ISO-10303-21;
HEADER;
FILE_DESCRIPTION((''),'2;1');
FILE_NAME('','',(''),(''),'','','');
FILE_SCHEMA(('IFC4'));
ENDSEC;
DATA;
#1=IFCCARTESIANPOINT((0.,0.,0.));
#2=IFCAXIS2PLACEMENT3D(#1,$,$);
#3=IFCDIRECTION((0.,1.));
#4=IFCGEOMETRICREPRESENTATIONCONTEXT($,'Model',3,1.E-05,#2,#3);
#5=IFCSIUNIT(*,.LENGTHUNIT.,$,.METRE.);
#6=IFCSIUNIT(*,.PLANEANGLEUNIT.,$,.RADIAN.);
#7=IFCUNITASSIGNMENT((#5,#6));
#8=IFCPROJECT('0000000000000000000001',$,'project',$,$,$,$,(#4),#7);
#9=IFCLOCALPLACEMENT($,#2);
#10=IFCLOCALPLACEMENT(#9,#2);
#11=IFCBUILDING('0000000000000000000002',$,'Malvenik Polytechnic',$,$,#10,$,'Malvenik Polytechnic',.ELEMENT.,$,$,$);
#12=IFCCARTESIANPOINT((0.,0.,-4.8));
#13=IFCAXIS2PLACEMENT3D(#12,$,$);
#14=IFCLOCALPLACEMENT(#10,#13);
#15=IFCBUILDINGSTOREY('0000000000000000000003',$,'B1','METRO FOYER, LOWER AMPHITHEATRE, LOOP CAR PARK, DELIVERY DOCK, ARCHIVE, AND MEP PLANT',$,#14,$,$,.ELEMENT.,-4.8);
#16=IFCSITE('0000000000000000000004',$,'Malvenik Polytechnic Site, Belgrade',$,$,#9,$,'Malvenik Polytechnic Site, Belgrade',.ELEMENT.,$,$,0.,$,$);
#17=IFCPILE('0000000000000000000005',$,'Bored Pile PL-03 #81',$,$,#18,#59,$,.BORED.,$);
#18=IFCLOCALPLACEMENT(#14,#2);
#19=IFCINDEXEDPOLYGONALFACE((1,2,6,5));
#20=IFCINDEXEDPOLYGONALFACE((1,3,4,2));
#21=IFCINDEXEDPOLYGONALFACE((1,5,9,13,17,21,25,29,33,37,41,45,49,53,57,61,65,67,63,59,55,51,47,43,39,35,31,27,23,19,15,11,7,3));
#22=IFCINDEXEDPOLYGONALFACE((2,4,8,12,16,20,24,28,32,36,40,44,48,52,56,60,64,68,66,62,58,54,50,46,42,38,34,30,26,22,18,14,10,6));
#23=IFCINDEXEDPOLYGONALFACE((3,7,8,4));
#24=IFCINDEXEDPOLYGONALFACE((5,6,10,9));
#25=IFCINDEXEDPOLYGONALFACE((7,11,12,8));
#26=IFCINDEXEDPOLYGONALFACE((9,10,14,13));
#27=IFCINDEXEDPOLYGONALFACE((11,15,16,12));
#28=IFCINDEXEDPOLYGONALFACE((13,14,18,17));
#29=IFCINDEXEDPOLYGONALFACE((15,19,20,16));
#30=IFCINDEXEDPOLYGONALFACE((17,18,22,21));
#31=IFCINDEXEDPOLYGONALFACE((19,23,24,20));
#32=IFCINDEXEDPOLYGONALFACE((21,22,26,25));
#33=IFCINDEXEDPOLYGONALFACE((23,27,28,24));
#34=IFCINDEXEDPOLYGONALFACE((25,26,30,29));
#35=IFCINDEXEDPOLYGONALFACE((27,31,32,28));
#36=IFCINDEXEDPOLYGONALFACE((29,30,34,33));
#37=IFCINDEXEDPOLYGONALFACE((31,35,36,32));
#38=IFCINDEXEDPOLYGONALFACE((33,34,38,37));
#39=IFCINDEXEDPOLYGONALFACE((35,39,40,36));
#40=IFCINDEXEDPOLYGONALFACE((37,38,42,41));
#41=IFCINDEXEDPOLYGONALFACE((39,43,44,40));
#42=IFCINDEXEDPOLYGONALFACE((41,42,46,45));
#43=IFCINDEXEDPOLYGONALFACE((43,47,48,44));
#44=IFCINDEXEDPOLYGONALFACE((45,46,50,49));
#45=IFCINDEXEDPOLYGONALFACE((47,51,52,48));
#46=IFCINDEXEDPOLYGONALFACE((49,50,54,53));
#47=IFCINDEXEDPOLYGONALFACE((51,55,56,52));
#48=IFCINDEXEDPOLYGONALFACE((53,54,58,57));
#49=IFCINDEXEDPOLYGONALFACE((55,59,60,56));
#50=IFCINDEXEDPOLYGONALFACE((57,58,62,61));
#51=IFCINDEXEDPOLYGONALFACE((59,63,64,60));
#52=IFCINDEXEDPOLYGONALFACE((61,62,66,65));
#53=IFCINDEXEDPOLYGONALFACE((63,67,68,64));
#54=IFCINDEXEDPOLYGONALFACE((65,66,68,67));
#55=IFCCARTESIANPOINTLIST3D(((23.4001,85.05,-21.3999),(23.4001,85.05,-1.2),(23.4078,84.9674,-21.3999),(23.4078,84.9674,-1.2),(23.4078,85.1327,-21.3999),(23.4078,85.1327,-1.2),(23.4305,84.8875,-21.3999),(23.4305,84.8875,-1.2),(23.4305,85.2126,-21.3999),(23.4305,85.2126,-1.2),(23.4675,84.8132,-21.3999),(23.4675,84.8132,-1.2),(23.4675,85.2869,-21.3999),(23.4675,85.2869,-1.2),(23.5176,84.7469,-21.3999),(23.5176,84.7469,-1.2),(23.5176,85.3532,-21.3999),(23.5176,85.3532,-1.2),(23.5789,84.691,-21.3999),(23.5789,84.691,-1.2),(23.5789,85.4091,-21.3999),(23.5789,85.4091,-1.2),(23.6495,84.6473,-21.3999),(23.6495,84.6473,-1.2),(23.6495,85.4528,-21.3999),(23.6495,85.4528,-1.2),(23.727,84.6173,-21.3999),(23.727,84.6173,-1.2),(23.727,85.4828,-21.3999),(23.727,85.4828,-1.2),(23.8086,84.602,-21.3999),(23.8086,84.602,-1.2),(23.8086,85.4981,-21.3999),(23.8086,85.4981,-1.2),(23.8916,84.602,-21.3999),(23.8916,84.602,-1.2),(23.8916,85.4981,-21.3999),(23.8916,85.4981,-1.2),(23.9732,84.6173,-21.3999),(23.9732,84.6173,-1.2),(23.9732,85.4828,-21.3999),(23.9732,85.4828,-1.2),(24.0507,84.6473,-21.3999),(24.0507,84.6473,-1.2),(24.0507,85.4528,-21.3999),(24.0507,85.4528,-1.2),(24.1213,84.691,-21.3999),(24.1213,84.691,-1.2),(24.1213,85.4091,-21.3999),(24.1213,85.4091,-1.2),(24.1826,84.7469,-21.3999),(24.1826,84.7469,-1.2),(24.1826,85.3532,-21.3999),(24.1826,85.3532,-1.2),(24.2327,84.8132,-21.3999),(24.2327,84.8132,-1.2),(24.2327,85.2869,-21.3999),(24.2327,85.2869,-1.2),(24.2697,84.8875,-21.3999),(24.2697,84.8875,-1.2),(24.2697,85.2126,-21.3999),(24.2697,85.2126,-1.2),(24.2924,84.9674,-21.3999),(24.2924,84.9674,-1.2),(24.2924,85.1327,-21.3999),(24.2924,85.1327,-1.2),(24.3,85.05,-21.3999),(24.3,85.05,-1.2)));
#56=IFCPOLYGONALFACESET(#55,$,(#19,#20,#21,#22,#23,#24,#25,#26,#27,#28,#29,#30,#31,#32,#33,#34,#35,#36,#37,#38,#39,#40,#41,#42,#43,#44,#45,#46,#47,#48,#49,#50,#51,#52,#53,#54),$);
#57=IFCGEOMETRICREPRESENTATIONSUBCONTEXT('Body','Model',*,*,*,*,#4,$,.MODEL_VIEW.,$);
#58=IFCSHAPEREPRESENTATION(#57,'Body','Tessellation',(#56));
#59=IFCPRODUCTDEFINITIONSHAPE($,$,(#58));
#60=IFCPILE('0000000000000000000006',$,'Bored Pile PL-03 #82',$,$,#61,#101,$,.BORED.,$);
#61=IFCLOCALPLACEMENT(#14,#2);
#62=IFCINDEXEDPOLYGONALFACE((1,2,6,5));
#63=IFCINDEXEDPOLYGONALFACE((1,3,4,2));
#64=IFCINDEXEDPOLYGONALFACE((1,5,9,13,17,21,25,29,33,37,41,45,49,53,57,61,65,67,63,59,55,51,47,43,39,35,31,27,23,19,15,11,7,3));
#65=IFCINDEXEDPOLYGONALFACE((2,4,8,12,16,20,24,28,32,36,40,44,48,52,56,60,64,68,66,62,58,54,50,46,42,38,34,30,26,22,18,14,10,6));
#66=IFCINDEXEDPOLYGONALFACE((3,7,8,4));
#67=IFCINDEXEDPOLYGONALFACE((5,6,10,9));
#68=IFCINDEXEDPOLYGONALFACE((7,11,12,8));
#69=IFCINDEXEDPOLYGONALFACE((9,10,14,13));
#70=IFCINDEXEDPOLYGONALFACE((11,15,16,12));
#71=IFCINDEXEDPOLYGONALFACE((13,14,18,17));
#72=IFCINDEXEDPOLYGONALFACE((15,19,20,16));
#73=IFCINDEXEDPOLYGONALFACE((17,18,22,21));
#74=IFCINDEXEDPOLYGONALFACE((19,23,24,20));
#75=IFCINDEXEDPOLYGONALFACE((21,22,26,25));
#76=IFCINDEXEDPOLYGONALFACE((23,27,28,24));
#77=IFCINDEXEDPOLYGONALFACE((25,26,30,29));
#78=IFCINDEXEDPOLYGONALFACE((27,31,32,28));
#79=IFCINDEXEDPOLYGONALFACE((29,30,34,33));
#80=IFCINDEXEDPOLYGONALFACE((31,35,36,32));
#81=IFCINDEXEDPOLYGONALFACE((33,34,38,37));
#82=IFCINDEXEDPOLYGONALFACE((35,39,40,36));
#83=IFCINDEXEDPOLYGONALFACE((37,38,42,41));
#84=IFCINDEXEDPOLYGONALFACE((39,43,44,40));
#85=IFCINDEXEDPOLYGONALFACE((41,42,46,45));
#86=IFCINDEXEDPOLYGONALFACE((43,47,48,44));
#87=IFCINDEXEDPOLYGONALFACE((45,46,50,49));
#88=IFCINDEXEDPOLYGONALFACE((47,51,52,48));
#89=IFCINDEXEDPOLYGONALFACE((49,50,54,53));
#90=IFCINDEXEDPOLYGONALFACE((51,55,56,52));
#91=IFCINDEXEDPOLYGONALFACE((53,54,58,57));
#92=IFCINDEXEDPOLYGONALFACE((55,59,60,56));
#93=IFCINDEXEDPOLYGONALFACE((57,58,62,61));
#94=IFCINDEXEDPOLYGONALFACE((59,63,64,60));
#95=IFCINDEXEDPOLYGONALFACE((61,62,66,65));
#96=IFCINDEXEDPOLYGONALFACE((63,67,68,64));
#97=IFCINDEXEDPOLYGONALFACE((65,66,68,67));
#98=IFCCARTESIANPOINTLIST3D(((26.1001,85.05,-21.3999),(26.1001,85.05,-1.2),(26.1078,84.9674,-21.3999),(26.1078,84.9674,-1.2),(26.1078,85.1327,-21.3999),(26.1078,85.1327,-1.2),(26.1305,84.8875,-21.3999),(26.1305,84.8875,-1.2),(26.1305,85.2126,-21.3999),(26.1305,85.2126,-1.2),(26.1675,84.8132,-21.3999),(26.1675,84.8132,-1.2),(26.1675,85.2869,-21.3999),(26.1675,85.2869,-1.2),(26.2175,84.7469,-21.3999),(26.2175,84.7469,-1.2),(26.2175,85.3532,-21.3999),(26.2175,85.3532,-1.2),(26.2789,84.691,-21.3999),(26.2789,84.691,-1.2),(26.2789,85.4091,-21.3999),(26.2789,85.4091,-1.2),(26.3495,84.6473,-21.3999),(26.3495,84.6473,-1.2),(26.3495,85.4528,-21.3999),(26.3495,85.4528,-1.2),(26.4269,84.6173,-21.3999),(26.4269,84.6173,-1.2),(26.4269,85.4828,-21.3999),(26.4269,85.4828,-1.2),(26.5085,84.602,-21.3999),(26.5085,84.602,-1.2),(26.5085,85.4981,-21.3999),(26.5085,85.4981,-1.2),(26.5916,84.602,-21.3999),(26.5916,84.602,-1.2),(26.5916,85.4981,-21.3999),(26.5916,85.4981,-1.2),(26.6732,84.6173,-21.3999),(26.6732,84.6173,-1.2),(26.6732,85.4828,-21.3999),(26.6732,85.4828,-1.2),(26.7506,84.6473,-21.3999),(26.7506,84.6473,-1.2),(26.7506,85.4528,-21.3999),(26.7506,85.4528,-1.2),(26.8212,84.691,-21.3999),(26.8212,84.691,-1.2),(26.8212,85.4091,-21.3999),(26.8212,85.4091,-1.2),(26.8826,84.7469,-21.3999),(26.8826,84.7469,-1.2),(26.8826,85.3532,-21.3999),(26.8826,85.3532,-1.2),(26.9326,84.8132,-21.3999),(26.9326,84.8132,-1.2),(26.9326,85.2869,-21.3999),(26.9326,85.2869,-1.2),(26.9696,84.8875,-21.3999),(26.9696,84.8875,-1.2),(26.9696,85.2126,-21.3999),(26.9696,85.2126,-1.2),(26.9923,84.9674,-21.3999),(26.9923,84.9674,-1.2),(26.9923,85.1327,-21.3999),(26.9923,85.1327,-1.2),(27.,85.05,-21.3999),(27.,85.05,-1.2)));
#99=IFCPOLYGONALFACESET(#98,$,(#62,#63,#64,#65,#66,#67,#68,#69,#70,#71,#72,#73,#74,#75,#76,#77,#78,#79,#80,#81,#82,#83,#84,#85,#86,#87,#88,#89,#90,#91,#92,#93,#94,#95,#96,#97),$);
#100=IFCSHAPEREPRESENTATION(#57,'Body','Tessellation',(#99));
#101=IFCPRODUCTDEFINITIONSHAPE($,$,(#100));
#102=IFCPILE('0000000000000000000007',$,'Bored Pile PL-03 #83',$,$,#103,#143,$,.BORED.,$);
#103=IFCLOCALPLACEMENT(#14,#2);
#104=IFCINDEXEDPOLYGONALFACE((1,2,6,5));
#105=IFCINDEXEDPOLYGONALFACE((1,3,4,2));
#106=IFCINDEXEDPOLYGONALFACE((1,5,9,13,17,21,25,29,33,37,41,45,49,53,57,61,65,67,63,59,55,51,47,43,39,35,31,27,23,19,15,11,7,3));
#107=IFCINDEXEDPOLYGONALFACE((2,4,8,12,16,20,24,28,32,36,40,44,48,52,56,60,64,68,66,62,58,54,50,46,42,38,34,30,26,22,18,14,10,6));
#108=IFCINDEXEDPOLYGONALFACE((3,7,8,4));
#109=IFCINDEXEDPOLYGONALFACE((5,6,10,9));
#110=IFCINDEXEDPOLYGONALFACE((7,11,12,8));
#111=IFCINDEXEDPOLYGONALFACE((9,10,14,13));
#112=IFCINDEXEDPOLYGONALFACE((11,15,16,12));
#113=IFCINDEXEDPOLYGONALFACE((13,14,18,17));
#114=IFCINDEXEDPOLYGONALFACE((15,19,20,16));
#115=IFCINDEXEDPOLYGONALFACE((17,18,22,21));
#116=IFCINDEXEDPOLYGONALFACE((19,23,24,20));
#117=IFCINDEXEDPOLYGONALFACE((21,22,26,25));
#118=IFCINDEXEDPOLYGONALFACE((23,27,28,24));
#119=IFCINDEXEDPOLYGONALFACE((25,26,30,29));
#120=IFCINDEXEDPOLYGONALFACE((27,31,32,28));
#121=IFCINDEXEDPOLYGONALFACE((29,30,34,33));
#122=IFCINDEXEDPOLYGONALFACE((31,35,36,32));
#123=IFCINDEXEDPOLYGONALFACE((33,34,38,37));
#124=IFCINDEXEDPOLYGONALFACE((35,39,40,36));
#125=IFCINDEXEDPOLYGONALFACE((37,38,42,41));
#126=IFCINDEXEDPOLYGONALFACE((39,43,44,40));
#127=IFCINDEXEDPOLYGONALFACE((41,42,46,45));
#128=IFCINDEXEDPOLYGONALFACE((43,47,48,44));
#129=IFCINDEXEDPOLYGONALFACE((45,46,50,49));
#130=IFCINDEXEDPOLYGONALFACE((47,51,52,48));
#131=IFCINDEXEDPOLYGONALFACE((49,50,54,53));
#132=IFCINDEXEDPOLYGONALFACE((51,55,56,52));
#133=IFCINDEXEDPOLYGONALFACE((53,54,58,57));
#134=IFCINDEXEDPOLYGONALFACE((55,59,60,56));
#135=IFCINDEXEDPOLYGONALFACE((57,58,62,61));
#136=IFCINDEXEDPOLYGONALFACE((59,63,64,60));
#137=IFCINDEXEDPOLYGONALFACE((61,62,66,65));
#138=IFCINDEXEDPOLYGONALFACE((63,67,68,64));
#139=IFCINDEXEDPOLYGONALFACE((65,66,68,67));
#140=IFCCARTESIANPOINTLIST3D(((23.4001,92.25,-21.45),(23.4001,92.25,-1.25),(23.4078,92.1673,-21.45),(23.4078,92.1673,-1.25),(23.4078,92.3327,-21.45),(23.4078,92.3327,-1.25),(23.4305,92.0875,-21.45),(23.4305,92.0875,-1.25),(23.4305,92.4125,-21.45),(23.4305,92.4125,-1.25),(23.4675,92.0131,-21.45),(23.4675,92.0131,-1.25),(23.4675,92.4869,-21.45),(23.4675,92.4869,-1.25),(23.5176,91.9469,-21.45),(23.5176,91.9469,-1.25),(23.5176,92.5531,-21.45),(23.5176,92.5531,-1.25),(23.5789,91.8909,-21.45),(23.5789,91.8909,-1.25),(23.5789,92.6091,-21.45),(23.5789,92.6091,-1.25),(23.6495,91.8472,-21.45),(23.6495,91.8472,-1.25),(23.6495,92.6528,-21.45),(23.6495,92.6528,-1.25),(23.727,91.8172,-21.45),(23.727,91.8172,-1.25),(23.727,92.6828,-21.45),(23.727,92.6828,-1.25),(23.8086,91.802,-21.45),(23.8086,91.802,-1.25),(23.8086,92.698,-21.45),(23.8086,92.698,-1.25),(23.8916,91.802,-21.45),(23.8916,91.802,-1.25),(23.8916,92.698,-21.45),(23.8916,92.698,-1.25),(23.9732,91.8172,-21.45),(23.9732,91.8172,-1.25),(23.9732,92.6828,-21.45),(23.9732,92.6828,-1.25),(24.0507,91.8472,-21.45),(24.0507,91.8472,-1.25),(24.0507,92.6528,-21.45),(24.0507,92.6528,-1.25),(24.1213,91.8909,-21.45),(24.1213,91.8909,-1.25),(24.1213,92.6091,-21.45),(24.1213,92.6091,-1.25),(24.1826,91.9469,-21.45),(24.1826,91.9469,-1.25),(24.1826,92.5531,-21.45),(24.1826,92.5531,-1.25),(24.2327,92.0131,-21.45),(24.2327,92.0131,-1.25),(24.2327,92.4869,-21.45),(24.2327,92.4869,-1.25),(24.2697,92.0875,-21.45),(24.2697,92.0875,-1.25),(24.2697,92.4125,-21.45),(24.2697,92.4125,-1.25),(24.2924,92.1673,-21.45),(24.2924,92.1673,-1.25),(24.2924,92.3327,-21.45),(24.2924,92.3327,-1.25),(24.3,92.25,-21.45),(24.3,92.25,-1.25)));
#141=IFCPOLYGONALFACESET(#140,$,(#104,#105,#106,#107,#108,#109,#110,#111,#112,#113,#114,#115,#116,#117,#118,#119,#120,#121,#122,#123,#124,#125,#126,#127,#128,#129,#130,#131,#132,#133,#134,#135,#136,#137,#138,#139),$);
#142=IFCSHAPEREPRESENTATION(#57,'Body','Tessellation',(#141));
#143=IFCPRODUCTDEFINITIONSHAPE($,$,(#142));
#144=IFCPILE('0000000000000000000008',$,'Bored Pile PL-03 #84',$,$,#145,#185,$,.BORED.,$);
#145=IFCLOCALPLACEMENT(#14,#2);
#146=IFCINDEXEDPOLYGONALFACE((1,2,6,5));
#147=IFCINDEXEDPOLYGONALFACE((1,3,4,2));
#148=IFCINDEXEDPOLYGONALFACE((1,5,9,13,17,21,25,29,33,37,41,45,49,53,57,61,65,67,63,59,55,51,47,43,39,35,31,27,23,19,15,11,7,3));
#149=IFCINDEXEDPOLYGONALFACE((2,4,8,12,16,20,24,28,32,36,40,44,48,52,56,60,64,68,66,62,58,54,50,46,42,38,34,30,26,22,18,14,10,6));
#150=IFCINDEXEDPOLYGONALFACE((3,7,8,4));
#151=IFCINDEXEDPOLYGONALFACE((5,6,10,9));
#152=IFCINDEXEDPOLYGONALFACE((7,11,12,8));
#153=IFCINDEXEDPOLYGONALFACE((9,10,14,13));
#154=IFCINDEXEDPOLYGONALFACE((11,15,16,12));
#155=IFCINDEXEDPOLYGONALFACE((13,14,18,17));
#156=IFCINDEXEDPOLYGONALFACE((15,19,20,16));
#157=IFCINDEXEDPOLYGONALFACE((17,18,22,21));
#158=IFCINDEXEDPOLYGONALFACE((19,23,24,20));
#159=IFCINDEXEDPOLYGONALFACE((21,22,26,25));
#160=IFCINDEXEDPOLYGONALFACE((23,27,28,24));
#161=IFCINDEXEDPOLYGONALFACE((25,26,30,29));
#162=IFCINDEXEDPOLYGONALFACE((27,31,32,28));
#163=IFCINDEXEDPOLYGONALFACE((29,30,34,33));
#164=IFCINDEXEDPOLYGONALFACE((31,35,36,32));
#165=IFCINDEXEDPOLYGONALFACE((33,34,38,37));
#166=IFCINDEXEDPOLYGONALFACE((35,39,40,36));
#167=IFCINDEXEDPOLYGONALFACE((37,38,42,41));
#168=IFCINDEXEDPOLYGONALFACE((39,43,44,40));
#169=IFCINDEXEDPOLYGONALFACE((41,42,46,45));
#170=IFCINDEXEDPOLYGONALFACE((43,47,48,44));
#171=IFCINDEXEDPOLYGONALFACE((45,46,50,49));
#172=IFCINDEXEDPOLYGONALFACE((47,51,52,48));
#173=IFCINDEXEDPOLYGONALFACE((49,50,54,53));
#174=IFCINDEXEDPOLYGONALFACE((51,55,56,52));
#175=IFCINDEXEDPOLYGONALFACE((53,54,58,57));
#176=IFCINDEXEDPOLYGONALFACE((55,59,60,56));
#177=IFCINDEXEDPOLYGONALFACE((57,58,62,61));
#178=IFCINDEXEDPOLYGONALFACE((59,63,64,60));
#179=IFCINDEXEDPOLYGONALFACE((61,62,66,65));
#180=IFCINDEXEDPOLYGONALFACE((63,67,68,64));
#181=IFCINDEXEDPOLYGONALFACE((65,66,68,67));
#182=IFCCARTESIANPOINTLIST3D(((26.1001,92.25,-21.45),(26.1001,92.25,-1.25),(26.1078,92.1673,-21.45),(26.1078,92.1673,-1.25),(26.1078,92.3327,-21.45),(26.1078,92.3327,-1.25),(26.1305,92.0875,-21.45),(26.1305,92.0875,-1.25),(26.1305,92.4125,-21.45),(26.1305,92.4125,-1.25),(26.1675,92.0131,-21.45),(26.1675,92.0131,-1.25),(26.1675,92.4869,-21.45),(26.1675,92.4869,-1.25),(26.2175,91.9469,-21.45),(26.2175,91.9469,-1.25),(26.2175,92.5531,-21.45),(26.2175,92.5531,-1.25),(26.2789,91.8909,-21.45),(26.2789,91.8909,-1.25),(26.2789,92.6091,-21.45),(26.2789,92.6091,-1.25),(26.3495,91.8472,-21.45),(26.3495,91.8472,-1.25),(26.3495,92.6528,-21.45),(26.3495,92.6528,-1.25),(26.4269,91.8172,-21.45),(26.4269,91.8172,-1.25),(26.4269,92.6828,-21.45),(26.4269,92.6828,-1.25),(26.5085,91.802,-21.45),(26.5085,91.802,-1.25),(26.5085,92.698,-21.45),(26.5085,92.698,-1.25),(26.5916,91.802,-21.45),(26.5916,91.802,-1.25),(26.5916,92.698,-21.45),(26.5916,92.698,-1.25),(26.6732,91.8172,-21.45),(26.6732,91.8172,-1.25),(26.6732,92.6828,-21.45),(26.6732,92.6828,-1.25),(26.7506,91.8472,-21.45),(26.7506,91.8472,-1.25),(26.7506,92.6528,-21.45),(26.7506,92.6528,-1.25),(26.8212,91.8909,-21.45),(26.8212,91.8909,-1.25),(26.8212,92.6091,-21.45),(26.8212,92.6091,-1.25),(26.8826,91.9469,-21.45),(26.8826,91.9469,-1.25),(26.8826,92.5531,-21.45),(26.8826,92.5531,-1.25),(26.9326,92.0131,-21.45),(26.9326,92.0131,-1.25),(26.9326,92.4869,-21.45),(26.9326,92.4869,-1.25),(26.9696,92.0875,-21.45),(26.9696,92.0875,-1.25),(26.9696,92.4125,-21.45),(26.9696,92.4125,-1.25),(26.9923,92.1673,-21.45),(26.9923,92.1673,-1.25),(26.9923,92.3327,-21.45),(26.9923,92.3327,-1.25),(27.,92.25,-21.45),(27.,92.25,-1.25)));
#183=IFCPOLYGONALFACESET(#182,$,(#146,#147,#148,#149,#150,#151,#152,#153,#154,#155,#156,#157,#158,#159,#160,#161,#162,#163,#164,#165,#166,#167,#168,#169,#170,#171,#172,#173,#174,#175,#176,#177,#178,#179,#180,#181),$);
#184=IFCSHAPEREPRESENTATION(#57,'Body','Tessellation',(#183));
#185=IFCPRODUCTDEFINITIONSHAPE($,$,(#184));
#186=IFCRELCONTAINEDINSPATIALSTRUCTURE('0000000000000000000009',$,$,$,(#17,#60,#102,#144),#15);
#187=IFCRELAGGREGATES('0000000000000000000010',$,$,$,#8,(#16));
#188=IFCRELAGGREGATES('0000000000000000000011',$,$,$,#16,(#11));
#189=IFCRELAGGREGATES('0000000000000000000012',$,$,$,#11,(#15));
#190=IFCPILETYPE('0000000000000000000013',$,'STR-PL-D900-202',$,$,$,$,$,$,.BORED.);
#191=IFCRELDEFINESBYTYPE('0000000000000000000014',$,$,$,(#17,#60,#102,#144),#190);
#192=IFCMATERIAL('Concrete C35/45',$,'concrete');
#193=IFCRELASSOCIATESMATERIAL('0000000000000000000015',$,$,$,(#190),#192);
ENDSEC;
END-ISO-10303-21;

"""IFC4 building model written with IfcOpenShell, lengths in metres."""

from ifc_helpers import new_model, si_unit, direction, frame, origin, origin_2d, place, context, subcontext, project, spatial, circle, extrude, material, material_profile, profile_set, type_object, element, save


model = new_model("IFC4")

# Units and contexts
model_context = context("Model", 3, precision=1e-05, world=origin(), true_north=direction((0.0, 1.0)))
body_context = subcontext(model_context, "Body", "Model", "MODEL_VIEW")
ifc_project = project(units=[si_unit("LENGTHUNIT", "METRE"), si_unit("PLANEANGLEUNIT", "RADIAN")], contexts=[model_context])

# Site, building, storey
site_placement = place(None, origin())
site = spatial("IfcSite", under=ifc_project, at=site_placement, Name="Malvenik Polytechnic Site, Belgrade", LongName="Malvenik Polytechnic Site, Belgrade", CompositionType="ELEMENT", RefElevation=0.0)
building_placement = place(site_placement, origin())
building = spatial("IfcBuilding", under=site, at=building_placement, Name="Malvenik Polytechnic", LongName="Malvenik Polytechnic", CompositionType="ELEMENT")
storey_placement = place(building_placement, frame((0.0, 0.0, -4.8)))
storey = spatial("IfcBuildingStorey", under=building, at=storey_placement, Name="B1", Description="METRO FOYER, LOWER AMPHITHEATRE, LOOP CAR PARK, DELIVERY DOCK, ARCHIVE, AND MEP PLANT", CompositionType="ELEMENT", Elevation=-4.8)

# Shared definitions
ifc_material_1 = material(Name="Concrete C35/45", Category="concrete")

# Piles
ifc_material_profile_1 = material_profile(ifc_material_1, circle(Radius=0.45, at=origin_2d()), Name="BORED PILE D900")
ifc_profile_set_1 = profile_set([ifc_material_profile_1], Name="Concrete C35/45")
pile_type_1 = type_object("IfcPileType", Name="STR-PL-D900-202", PredefinedType="BORED", material=ifc_profile_set_1)
for number, where, z_axis, x_axis, name in (
    (1, (23.8501, 85.05, -1.2), (0.0, 0.0, -1.0), (1.0, 0.0, 0.0), "Bored Pile PL-03 #81"),
    (2, (26.55, 85.05, -1.2), (0.0, 0.0, -1.0), (1.0, 0.0, 0.0), "Bored Pile PL-03 #82"),
    (3, (23.8501, 92.25, -1.25), (0.0, 0.0, -1.0), (1.0, 0.0, 0.0), "Bored Pile PL-03 #83"),
    (4, (26.55, 92.25, -1.25), (0.0, 0.0, -1.0), (1.0, 0.0, 0.0), "Bored Pile PL-03 #84"),
):
    element("IfcPile", number, at=place(storey_placement, frame(where, z_axis=z_axis, x_axis=x_axis)), inside=storey, type_object=pile_type_1, Name=name, PredefinedType="BORED", context=body_context, shape_type="SweptSolid", body=[
        extrude(circle(Radius=0.45, at=origin_2d()), origin(), (0.0, 0.0, 1.0), 20.2),
    ])

save(model, "model.ifc")
